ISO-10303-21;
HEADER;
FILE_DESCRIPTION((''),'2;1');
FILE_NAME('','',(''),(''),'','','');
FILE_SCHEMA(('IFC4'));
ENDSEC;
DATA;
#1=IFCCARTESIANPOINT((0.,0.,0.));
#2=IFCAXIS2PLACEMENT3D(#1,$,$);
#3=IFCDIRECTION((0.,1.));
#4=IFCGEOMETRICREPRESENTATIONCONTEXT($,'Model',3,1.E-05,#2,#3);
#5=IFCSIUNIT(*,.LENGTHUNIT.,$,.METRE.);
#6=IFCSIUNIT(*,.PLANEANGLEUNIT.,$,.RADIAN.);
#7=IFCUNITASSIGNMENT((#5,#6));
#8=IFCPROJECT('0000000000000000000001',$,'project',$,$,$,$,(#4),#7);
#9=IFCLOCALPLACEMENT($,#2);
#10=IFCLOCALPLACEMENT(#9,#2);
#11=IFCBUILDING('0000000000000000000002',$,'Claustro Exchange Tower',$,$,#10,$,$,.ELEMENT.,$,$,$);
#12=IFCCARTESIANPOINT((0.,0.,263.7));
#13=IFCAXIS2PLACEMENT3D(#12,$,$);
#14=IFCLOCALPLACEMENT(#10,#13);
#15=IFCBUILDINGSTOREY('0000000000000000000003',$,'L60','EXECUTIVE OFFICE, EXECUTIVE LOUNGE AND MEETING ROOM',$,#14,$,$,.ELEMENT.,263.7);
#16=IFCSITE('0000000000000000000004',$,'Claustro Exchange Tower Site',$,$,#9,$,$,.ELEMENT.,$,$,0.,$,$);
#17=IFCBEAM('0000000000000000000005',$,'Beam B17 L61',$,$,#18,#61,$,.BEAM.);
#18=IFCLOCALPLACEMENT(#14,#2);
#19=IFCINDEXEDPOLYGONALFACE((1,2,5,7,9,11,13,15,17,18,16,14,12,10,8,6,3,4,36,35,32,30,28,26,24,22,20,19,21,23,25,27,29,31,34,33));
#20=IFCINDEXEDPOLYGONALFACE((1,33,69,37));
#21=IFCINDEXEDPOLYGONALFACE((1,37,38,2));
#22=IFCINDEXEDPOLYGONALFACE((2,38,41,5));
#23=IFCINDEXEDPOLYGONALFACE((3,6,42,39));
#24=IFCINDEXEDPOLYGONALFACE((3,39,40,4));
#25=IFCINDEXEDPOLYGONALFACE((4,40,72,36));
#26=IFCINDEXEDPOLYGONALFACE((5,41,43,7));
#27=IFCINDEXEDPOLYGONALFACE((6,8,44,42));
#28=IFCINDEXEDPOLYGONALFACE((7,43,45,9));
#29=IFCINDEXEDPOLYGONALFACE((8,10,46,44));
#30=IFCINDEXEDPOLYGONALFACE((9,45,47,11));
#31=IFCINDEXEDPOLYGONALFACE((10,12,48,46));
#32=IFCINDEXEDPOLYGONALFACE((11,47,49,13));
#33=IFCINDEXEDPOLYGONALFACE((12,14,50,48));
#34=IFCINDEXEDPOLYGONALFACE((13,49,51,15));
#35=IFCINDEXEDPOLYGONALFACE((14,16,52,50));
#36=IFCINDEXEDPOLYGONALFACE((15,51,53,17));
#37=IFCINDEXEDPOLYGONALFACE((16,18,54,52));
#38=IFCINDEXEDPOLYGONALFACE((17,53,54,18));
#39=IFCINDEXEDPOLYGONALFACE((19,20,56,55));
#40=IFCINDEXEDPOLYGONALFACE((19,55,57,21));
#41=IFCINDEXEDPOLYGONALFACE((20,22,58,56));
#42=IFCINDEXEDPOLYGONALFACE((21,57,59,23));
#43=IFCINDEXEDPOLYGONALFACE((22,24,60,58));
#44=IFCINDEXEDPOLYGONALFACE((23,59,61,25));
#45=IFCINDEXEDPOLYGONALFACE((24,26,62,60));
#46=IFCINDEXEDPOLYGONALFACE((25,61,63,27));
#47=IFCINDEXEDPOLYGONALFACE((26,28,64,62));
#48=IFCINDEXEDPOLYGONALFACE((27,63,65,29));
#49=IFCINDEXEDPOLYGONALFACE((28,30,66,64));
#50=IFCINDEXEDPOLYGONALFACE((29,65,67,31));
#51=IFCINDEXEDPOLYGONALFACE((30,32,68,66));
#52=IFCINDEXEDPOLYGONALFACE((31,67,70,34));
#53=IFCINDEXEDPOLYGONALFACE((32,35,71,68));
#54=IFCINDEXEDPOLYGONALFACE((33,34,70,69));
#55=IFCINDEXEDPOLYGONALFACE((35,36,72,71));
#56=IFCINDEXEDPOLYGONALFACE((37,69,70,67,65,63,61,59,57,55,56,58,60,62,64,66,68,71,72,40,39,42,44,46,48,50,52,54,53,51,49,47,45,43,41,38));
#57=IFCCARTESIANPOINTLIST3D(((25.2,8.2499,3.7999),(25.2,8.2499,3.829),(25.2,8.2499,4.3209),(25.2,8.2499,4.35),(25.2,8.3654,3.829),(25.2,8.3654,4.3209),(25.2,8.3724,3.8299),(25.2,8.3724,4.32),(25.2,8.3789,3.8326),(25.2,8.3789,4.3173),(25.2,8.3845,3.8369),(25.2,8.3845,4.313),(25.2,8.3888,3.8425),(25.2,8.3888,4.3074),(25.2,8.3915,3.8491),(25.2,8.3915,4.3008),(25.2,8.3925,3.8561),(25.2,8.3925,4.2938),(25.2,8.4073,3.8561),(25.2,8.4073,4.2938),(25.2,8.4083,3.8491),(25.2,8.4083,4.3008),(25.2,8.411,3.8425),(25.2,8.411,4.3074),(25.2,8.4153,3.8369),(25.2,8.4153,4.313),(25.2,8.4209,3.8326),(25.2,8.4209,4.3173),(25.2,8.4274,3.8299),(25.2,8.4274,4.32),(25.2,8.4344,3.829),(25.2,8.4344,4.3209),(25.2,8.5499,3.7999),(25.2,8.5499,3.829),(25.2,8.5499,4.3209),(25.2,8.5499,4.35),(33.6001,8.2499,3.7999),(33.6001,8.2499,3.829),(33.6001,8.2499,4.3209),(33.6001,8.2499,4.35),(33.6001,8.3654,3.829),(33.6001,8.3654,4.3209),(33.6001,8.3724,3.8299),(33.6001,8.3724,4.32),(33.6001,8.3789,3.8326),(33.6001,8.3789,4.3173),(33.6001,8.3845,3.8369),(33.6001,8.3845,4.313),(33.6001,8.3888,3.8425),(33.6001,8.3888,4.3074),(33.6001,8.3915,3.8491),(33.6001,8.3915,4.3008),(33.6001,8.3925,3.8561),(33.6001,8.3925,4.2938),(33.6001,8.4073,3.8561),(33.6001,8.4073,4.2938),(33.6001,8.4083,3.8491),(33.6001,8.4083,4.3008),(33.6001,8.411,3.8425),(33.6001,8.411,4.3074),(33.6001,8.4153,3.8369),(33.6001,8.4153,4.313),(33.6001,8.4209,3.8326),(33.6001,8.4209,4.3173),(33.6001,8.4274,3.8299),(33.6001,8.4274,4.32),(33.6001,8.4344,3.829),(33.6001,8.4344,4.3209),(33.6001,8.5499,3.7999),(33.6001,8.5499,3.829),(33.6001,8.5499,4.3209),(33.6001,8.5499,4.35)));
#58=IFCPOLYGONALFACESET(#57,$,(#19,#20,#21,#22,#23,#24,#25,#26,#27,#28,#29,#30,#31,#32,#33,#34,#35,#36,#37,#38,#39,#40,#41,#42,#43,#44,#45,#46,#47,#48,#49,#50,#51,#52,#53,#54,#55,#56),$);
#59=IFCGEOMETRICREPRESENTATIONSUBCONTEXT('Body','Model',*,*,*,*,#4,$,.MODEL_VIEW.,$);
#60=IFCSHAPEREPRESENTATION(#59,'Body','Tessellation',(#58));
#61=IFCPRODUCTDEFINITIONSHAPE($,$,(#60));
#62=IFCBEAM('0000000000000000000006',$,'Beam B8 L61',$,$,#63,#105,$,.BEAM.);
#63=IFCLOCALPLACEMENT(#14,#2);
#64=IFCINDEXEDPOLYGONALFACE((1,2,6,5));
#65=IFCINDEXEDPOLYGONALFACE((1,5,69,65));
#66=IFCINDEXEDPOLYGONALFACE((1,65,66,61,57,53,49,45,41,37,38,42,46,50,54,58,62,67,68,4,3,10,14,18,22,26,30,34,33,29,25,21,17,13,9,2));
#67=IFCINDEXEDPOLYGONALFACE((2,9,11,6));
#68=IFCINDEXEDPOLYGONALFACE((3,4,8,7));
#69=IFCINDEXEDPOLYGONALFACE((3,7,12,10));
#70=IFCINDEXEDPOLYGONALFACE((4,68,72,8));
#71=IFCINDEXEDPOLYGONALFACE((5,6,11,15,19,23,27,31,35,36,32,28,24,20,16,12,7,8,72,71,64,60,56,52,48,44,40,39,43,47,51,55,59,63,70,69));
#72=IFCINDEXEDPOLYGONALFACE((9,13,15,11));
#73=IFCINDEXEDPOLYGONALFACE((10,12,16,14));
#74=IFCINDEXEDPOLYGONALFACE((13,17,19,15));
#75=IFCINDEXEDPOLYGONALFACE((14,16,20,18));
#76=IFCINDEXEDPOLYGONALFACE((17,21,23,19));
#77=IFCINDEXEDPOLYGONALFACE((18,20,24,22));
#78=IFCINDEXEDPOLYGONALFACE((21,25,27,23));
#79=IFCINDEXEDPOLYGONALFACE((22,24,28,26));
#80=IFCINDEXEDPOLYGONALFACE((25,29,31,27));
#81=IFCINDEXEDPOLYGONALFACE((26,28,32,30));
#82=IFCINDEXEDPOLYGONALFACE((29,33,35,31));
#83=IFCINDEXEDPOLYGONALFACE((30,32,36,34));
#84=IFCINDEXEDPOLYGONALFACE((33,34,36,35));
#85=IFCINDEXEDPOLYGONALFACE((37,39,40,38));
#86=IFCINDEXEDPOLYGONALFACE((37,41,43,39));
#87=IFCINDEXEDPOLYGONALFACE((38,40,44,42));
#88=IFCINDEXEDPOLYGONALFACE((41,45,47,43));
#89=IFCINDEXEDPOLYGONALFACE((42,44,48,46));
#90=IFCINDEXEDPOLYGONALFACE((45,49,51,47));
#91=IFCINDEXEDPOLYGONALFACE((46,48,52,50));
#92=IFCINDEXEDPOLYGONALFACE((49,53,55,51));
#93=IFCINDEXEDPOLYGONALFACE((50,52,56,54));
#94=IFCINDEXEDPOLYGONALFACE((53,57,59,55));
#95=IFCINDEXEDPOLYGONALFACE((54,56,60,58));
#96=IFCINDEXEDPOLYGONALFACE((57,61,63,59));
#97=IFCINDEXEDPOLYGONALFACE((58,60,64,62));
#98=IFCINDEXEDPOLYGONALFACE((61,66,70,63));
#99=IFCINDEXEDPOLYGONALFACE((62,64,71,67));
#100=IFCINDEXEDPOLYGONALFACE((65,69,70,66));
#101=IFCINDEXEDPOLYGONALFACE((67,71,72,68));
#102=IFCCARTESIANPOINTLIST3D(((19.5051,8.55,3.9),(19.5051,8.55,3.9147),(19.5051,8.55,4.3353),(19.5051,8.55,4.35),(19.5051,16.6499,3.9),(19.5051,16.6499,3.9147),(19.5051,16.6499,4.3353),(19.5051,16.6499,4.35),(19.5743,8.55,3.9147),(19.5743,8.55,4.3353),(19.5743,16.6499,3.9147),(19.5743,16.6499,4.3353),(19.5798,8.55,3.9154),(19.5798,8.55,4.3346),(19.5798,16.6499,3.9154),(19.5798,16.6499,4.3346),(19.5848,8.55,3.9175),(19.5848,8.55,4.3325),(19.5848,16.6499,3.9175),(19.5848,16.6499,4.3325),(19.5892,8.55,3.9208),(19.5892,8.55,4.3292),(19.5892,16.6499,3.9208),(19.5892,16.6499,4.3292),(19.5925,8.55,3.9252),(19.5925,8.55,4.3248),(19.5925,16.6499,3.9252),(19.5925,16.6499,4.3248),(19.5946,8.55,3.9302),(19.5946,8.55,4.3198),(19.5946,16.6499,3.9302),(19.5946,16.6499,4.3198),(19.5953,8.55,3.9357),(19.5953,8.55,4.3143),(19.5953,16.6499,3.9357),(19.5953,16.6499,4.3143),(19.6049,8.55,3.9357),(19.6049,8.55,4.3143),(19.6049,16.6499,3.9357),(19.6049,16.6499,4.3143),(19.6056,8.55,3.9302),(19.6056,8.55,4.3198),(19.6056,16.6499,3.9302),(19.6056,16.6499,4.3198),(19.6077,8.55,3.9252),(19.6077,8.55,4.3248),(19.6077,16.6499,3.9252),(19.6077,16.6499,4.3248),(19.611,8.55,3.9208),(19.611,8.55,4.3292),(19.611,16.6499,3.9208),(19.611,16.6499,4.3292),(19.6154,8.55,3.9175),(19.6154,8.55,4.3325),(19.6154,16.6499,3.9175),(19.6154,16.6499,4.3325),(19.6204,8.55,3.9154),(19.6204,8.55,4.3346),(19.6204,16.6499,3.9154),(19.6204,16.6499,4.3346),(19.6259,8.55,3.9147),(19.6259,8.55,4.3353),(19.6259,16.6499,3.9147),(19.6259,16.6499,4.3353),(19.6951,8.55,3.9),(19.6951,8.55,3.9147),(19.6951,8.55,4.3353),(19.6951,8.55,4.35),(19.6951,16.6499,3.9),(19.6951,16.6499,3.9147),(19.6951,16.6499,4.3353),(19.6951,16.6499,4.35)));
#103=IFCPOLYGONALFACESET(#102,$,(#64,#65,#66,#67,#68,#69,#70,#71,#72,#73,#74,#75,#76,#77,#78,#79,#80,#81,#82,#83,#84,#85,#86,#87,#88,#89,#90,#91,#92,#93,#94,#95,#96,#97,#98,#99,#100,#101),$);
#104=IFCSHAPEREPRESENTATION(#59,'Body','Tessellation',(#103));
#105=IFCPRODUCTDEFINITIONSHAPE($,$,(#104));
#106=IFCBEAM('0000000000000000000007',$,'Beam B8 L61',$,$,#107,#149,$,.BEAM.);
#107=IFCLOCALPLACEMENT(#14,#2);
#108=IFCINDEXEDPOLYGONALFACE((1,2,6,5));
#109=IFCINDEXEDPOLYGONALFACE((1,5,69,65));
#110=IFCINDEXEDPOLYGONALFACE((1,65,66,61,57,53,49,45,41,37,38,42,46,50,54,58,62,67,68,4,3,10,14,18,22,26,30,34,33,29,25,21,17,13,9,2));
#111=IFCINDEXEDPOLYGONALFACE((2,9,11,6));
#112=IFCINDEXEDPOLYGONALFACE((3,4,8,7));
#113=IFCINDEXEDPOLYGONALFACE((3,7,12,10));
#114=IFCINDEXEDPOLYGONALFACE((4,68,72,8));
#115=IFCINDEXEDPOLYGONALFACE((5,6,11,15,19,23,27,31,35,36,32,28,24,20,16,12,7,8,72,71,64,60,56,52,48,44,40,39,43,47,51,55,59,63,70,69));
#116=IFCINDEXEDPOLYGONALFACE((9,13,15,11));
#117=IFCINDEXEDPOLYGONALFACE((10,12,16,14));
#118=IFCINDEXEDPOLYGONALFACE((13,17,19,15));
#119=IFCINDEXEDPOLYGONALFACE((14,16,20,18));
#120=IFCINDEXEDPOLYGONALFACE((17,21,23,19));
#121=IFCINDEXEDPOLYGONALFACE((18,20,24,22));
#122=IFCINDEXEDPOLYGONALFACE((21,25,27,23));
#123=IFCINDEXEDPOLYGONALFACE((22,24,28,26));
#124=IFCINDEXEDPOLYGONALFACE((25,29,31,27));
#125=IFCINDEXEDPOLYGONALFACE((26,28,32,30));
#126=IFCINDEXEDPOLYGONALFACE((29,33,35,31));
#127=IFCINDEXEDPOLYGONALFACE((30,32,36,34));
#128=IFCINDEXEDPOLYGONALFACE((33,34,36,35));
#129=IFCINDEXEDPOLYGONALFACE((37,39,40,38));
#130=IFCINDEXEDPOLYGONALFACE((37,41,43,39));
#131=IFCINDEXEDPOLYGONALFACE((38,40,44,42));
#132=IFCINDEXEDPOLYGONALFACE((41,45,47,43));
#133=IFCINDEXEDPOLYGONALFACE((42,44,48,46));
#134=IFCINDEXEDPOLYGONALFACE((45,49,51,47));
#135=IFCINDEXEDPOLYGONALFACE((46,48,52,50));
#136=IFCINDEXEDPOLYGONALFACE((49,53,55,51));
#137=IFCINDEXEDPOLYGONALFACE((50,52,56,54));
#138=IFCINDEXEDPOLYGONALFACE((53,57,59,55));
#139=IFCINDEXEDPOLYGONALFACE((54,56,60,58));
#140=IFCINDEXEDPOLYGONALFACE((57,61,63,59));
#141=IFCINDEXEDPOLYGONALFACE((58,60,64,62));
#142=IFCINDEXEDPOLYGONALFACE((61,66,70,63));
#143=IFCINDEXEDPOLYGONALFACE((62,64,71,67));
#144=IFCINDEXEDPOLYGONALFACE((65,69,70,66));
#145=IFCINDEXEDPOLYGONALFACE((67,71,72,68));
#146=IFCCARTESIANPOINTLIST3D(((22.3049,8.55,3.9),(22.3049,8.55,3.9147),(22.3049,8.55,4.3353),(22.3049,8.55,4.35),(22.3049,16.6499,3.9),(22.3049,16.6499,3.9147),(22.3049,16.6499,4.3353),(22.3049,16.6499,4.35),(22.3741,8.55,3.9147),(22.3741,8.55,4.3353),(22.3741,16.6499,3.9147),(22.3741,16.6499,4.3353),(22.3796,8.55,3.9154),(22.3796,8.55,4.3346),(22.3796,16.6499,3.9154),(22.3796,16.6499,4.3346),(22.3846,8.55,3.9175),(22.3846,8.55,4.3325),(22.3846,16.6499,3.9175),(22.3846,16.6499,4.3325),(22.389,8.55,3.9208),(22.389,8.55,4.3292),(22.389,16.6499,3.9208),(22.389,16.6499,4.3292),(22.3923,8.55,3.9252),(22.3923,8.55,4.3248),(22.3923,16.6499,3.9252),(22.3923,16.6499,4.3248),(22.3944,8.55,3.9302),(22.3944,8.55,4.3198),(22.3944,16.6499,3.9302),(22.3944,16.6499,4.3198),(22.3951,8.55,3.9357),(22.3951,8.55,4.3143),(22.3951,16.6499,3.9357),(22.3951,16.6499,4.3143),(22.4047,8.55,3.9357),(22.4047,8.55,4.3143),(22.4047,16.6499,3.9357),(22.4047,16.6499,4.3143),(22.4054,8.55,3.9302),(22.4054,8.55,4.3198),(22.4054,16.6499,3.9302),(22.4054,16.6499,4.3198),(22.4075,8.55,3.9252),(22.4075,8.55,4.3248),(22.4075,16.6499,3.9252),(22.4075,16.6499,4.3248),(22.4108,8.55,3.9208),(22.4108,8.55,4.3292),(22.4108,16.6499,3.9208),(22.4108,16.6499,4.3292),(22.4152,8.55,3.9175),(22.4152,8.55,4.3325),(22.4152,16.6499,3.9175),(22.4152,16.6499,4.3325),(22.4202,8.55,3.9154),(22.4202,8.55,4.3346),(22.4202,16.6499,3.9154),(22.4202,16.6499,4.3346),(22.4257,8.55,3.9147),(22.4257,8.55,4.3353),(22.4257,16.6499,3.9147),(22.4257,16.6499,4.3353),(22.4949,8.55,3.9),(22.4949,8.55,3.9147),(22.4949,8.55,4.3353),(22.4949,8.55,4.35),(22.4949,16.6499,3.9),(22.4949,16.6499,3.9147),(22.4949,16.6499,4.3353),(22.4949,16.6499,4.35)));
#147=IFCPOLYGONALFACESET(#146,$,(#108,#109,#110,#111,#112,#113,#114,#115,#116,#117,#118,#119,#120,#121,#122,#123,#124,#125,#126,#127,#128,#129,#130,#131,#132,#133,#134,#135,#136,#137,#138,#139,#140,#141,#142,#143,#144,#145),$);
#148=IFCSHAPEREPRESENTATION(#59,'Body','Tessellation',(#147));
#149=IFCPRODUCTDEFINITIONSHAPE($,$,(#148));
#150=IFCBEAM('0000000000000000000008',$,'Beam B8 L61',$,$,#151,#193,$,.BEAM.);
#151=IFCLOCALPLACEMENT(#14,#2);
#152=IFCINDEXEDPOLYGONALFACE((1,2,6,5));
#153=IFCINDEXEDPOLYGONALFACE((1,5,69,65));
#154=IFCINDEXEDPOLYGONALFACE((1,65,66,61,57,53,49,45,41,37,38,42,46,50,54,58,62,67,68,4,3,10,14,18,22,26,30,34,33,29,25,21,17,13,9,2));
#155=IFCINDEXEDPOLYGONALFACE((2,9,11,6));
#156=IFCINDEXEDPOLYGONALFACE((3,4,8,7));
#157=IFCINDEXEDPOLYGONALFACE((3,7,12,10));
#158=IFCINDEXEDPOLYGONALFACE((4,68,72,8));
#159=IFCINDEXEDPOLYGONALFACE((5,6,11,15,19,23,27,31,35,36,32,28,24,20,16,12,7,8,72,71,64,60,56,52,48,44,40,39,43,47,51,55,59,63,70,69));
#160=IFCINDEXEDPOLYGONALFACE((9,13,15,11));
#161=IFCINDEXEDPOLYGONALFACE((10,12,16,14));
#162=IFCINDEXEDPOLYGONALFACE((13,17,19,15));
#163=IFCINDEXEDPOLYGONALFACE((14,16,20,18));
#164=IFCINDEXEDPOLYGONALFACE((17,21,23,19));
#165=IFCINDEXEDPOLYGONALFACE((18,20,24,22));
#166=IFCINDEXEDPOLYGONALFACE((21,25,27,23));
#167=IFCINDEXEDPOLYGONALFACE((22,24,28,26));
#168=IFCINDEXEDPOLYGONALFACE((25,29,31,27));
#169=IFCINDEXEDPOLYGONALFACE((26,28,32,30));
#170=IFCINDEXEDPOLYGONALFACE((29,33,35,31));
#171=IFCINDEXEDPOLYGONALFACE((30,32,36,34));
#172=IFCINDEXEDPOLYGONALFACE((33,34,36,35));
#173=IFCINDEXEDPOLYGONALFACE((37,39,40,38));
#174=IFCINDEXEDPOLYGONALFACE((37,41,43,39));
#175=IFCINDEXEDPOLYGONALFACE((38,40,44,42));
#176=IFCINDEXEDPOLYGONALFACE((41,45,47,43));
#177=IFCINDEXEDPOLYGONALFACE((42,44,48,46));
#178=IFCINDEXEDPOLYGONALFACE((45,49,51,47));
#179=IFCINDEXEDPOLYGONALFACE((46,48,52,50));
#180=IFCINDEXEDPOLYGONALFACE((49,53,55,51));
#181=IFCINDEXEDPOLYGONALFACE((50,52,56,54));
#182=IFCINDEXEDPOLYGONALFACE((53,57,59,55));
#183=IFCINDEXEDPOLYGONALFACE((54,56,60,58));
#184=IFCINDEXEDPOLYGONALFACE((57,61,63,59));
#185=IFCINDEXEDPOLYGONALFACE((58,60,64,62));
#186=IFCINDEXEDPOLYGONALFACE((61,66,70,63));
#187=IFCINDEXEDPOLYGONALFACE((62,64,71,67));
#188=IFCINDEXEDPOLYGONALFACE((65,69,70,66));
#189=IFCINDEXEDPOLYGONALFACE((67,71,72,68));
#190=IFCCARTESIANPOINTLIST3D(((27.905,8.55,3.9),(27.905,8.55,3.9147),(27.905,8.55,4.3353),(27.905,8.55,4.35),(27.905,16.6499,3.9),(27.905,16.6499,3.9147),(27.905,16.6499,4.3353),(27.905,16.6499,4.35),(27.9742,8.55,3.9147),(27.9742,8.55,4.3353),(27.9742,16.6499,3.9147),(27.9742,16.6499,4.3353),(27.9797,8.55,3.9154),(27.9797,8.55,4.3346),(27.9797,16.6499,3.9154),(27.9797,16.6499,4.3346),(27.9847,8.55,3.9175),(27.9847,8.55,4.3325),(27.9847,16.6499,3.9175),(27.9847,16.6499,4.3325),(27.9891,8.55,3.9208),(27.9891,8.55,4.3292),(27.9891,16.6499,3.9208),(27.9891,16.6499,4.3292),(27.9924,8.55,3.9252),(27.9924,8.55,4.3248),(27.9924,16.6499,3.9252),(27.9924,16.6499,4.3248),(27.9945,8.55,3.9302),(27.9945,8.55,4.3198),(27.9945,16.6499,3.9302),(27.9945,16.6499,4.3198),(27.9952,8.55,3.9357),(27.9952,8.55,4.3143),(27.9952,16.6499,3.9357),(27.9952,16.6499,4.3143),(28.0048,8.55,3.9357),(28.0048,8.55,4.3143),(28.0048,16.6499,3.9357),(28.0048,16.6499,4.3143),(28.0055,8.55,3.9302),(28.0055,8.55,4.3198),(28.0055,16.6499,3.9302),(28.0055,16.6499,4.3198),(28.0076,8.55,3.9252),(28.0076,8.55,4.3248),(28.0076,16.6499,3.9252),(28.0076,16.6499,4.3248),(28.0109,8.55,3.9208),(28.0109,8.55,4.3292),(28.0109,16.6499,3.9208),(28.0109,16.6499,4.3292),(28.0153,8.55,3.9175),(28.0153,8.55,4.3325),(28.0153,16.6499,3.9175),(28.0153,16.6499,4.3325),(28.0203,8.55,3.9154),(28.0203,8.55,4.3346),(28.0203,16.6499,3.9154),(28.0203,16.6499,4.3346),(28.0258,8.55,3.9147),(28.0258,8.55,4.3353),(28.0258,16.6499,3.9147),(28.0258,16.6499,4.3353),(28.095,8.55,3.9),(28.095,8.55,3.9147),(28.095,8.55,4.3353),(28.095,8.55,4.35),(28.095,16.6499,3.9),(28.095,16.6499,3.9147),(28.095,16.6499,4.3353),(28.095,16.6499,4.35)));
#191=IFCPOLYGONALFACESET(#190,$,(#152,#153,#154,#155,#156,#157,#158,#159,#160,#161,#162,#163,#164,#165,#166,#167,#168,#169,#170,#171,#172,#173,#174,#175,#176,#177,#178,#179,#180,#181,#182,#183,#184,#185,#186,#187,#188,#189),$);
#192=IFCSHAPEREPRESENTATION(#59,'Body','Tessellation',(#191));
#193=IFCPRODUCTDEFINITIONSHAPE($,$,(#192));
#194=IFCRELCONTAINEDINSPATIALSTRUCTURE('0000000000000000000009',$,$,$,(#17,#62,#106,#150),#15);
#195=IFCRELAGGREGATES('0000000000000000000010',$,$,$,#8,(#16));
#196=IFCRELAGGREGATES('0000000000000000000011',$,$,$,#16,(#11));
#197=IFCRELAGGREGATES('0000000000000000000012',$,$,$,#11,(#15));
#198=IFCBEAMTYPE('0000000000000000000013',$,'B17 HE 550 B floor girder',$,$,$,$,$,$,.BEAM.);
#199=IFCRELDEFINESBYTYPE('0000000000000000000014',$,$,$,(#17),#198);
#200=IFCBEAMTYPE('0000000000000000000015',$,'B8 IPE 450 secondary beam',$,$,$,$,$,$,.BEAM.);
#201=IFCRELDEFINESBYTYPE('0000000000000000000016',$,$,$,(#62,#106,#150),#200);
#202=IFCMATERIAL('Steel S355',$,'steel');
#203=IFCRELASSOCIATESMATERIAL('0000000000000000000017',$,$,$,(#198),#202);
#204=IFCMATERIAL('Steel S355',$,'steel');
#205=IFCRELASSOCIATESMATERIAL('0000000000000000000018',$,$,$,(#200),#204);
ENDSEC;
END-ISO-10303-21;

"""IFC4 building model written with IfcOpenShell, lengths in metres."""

from ifc_helpers import new_model, si_unit, direction, frame, origin, origin_2d, place, context, subcontext, project, spatial, i_section, extrude, material, material_profile, profile_set, type_object, element, save


model = new_model("IFC4")

# Units and contexts
model_context = context("Model", 3, precision=1e-05, world=origin(), true_north=direction((0.0, 1.0)))
body_context = subcontext(model_context, "Body", "Model", "MODEL_VIEW")
ifc_project = project(units=[si_unit("LENGTHUNIT", "METRE"), si_unit("PLANEANGLEUNIT", "RADIAN")], contexts=[model_context])

# Site, building, storey
site_placement = place(None, origin())
site = spatial("IfcSite", under=ifc_project, at=site_placement, Name="Claustro Exchange Tower Site", CompositionType="ELEMENT", RefElevation=0.0)
building_placement = place(site_placement, origin())
building = spatial("IfcBuilding", under=site, at=building_placement, Name="Claustro Exchange Tower", CompositionType="ELEMENT")
storey_placement = place(building_placement, frame((0.0, 0.0, 263.7)))
storey = spatial("IfcBuildingStorey", under=building, at=storey_placement, Name="L60", Description="EXECUTIVE OFFICE, EXECUTIVE LOUNGE AND MEETING ROOM", CompositionType="ELEMENT", Elevation=263.7)

# Beams
ifc_material_1 = material(Name="Steel S355", Category="steel")
ifc_material_profile_1 = material_profile(ifc_material_1, i_section(OverallWidth=0.3, OverallDepth=0.55, WebThickness=0.0149, FlangeThickness=0.0291, FilletRadius=0.0271, at=origin_2d()), Name="HE 550 B")
ifc_profile_set_1 = profile_set([ifc_material_profile_1], Name="Steel S355")
beam_type_1 = type_object("IfcBeamType", Name="B17 HE 550 B floor girder", PredefinedType="BEAM", material=ifc_profile_set_1)
for number, where, z_axis, x_axis, name in (
    (1, (25.2, 8.3999, 4.075), (1.0, 0.0, 0.0), (0.0, 1.0, 0.0), "Beam B17 L61"),
):
    element("IfcBeam", number, at=place(storey_placement, frame(where, z_axis=z_axis, x_axis=x_axis)), inside=storey, type_object=beam_type_1, Name=name, PredefinedType="BEAM", context=body_context, shape_type="SweptSolid", body=[
        extrude(i_section(OverallWidth=0.3, OverallDepth=0.55, WebThickness=0.0149, FlangeThickness=0.0291, FilletRadius=0.0271, at=origin_2d()), origin(), (0.0, 0.0, 1.0), 8.4001),
    ])
ifc_material_2 = material(Name="Steel S355", Category="steel")
ifc_material_profile_2 = material_profile(ifc_material_2, i_section(OverallWidth=0.1899, OverallDepth=0.45, WebThickness=0.0095, FlangeThickness=0.0146, FilletRadius=0.021, at=origin_2d()), Name="IPE 450")
ifc_profile_set_2 = profile_set([ifc_material_profile_2], Name="Steel S355")
beam_type_2 = type_object("IfcBeamType", Name="B8 IPE 450 secondary beam", PredefinedType="BEAM", material=ifc_profile_set_2)
for number, where, z_axis, x_axis, name in (
    (2, (19.6001, 8.55, 4.125), (0.0, 1.0, 0.0), (-1.0, 0.0, 0.0), "Beam B8 L61"),
    (3, (22.3999, 8.55, 4.125), (0.0, 1.0, 0.0), (-1.0, 0.0, 0.0), "Beam B8 L61"),
    (4, (28.0, 8.55, 4.125), (0.0, 1.0, 0.0), (-1.0, 0.0, 0.0), "Beam B8 L61"),
):
    element("IfcBeam", number, at=place(storey_placement, frame(where, z_axis=z_axis, x_axis=x_axis)), inside=storey, type_object=beam_type_2, Name=name, PredefinedType="BEAM", context=body_context, shape_type="SweptSolid", body=[
        extrude(i_section(OverallWidth=0.1899, OverallDepth=0.45, WebThickness=0.0095, FlangeThickness=0.0146, FilletRadius=0.021, at=origin_2d()), origin(), (0.0, 0.0, 1.0), 8.0999),
    ])

save(model, "model.ifc")
